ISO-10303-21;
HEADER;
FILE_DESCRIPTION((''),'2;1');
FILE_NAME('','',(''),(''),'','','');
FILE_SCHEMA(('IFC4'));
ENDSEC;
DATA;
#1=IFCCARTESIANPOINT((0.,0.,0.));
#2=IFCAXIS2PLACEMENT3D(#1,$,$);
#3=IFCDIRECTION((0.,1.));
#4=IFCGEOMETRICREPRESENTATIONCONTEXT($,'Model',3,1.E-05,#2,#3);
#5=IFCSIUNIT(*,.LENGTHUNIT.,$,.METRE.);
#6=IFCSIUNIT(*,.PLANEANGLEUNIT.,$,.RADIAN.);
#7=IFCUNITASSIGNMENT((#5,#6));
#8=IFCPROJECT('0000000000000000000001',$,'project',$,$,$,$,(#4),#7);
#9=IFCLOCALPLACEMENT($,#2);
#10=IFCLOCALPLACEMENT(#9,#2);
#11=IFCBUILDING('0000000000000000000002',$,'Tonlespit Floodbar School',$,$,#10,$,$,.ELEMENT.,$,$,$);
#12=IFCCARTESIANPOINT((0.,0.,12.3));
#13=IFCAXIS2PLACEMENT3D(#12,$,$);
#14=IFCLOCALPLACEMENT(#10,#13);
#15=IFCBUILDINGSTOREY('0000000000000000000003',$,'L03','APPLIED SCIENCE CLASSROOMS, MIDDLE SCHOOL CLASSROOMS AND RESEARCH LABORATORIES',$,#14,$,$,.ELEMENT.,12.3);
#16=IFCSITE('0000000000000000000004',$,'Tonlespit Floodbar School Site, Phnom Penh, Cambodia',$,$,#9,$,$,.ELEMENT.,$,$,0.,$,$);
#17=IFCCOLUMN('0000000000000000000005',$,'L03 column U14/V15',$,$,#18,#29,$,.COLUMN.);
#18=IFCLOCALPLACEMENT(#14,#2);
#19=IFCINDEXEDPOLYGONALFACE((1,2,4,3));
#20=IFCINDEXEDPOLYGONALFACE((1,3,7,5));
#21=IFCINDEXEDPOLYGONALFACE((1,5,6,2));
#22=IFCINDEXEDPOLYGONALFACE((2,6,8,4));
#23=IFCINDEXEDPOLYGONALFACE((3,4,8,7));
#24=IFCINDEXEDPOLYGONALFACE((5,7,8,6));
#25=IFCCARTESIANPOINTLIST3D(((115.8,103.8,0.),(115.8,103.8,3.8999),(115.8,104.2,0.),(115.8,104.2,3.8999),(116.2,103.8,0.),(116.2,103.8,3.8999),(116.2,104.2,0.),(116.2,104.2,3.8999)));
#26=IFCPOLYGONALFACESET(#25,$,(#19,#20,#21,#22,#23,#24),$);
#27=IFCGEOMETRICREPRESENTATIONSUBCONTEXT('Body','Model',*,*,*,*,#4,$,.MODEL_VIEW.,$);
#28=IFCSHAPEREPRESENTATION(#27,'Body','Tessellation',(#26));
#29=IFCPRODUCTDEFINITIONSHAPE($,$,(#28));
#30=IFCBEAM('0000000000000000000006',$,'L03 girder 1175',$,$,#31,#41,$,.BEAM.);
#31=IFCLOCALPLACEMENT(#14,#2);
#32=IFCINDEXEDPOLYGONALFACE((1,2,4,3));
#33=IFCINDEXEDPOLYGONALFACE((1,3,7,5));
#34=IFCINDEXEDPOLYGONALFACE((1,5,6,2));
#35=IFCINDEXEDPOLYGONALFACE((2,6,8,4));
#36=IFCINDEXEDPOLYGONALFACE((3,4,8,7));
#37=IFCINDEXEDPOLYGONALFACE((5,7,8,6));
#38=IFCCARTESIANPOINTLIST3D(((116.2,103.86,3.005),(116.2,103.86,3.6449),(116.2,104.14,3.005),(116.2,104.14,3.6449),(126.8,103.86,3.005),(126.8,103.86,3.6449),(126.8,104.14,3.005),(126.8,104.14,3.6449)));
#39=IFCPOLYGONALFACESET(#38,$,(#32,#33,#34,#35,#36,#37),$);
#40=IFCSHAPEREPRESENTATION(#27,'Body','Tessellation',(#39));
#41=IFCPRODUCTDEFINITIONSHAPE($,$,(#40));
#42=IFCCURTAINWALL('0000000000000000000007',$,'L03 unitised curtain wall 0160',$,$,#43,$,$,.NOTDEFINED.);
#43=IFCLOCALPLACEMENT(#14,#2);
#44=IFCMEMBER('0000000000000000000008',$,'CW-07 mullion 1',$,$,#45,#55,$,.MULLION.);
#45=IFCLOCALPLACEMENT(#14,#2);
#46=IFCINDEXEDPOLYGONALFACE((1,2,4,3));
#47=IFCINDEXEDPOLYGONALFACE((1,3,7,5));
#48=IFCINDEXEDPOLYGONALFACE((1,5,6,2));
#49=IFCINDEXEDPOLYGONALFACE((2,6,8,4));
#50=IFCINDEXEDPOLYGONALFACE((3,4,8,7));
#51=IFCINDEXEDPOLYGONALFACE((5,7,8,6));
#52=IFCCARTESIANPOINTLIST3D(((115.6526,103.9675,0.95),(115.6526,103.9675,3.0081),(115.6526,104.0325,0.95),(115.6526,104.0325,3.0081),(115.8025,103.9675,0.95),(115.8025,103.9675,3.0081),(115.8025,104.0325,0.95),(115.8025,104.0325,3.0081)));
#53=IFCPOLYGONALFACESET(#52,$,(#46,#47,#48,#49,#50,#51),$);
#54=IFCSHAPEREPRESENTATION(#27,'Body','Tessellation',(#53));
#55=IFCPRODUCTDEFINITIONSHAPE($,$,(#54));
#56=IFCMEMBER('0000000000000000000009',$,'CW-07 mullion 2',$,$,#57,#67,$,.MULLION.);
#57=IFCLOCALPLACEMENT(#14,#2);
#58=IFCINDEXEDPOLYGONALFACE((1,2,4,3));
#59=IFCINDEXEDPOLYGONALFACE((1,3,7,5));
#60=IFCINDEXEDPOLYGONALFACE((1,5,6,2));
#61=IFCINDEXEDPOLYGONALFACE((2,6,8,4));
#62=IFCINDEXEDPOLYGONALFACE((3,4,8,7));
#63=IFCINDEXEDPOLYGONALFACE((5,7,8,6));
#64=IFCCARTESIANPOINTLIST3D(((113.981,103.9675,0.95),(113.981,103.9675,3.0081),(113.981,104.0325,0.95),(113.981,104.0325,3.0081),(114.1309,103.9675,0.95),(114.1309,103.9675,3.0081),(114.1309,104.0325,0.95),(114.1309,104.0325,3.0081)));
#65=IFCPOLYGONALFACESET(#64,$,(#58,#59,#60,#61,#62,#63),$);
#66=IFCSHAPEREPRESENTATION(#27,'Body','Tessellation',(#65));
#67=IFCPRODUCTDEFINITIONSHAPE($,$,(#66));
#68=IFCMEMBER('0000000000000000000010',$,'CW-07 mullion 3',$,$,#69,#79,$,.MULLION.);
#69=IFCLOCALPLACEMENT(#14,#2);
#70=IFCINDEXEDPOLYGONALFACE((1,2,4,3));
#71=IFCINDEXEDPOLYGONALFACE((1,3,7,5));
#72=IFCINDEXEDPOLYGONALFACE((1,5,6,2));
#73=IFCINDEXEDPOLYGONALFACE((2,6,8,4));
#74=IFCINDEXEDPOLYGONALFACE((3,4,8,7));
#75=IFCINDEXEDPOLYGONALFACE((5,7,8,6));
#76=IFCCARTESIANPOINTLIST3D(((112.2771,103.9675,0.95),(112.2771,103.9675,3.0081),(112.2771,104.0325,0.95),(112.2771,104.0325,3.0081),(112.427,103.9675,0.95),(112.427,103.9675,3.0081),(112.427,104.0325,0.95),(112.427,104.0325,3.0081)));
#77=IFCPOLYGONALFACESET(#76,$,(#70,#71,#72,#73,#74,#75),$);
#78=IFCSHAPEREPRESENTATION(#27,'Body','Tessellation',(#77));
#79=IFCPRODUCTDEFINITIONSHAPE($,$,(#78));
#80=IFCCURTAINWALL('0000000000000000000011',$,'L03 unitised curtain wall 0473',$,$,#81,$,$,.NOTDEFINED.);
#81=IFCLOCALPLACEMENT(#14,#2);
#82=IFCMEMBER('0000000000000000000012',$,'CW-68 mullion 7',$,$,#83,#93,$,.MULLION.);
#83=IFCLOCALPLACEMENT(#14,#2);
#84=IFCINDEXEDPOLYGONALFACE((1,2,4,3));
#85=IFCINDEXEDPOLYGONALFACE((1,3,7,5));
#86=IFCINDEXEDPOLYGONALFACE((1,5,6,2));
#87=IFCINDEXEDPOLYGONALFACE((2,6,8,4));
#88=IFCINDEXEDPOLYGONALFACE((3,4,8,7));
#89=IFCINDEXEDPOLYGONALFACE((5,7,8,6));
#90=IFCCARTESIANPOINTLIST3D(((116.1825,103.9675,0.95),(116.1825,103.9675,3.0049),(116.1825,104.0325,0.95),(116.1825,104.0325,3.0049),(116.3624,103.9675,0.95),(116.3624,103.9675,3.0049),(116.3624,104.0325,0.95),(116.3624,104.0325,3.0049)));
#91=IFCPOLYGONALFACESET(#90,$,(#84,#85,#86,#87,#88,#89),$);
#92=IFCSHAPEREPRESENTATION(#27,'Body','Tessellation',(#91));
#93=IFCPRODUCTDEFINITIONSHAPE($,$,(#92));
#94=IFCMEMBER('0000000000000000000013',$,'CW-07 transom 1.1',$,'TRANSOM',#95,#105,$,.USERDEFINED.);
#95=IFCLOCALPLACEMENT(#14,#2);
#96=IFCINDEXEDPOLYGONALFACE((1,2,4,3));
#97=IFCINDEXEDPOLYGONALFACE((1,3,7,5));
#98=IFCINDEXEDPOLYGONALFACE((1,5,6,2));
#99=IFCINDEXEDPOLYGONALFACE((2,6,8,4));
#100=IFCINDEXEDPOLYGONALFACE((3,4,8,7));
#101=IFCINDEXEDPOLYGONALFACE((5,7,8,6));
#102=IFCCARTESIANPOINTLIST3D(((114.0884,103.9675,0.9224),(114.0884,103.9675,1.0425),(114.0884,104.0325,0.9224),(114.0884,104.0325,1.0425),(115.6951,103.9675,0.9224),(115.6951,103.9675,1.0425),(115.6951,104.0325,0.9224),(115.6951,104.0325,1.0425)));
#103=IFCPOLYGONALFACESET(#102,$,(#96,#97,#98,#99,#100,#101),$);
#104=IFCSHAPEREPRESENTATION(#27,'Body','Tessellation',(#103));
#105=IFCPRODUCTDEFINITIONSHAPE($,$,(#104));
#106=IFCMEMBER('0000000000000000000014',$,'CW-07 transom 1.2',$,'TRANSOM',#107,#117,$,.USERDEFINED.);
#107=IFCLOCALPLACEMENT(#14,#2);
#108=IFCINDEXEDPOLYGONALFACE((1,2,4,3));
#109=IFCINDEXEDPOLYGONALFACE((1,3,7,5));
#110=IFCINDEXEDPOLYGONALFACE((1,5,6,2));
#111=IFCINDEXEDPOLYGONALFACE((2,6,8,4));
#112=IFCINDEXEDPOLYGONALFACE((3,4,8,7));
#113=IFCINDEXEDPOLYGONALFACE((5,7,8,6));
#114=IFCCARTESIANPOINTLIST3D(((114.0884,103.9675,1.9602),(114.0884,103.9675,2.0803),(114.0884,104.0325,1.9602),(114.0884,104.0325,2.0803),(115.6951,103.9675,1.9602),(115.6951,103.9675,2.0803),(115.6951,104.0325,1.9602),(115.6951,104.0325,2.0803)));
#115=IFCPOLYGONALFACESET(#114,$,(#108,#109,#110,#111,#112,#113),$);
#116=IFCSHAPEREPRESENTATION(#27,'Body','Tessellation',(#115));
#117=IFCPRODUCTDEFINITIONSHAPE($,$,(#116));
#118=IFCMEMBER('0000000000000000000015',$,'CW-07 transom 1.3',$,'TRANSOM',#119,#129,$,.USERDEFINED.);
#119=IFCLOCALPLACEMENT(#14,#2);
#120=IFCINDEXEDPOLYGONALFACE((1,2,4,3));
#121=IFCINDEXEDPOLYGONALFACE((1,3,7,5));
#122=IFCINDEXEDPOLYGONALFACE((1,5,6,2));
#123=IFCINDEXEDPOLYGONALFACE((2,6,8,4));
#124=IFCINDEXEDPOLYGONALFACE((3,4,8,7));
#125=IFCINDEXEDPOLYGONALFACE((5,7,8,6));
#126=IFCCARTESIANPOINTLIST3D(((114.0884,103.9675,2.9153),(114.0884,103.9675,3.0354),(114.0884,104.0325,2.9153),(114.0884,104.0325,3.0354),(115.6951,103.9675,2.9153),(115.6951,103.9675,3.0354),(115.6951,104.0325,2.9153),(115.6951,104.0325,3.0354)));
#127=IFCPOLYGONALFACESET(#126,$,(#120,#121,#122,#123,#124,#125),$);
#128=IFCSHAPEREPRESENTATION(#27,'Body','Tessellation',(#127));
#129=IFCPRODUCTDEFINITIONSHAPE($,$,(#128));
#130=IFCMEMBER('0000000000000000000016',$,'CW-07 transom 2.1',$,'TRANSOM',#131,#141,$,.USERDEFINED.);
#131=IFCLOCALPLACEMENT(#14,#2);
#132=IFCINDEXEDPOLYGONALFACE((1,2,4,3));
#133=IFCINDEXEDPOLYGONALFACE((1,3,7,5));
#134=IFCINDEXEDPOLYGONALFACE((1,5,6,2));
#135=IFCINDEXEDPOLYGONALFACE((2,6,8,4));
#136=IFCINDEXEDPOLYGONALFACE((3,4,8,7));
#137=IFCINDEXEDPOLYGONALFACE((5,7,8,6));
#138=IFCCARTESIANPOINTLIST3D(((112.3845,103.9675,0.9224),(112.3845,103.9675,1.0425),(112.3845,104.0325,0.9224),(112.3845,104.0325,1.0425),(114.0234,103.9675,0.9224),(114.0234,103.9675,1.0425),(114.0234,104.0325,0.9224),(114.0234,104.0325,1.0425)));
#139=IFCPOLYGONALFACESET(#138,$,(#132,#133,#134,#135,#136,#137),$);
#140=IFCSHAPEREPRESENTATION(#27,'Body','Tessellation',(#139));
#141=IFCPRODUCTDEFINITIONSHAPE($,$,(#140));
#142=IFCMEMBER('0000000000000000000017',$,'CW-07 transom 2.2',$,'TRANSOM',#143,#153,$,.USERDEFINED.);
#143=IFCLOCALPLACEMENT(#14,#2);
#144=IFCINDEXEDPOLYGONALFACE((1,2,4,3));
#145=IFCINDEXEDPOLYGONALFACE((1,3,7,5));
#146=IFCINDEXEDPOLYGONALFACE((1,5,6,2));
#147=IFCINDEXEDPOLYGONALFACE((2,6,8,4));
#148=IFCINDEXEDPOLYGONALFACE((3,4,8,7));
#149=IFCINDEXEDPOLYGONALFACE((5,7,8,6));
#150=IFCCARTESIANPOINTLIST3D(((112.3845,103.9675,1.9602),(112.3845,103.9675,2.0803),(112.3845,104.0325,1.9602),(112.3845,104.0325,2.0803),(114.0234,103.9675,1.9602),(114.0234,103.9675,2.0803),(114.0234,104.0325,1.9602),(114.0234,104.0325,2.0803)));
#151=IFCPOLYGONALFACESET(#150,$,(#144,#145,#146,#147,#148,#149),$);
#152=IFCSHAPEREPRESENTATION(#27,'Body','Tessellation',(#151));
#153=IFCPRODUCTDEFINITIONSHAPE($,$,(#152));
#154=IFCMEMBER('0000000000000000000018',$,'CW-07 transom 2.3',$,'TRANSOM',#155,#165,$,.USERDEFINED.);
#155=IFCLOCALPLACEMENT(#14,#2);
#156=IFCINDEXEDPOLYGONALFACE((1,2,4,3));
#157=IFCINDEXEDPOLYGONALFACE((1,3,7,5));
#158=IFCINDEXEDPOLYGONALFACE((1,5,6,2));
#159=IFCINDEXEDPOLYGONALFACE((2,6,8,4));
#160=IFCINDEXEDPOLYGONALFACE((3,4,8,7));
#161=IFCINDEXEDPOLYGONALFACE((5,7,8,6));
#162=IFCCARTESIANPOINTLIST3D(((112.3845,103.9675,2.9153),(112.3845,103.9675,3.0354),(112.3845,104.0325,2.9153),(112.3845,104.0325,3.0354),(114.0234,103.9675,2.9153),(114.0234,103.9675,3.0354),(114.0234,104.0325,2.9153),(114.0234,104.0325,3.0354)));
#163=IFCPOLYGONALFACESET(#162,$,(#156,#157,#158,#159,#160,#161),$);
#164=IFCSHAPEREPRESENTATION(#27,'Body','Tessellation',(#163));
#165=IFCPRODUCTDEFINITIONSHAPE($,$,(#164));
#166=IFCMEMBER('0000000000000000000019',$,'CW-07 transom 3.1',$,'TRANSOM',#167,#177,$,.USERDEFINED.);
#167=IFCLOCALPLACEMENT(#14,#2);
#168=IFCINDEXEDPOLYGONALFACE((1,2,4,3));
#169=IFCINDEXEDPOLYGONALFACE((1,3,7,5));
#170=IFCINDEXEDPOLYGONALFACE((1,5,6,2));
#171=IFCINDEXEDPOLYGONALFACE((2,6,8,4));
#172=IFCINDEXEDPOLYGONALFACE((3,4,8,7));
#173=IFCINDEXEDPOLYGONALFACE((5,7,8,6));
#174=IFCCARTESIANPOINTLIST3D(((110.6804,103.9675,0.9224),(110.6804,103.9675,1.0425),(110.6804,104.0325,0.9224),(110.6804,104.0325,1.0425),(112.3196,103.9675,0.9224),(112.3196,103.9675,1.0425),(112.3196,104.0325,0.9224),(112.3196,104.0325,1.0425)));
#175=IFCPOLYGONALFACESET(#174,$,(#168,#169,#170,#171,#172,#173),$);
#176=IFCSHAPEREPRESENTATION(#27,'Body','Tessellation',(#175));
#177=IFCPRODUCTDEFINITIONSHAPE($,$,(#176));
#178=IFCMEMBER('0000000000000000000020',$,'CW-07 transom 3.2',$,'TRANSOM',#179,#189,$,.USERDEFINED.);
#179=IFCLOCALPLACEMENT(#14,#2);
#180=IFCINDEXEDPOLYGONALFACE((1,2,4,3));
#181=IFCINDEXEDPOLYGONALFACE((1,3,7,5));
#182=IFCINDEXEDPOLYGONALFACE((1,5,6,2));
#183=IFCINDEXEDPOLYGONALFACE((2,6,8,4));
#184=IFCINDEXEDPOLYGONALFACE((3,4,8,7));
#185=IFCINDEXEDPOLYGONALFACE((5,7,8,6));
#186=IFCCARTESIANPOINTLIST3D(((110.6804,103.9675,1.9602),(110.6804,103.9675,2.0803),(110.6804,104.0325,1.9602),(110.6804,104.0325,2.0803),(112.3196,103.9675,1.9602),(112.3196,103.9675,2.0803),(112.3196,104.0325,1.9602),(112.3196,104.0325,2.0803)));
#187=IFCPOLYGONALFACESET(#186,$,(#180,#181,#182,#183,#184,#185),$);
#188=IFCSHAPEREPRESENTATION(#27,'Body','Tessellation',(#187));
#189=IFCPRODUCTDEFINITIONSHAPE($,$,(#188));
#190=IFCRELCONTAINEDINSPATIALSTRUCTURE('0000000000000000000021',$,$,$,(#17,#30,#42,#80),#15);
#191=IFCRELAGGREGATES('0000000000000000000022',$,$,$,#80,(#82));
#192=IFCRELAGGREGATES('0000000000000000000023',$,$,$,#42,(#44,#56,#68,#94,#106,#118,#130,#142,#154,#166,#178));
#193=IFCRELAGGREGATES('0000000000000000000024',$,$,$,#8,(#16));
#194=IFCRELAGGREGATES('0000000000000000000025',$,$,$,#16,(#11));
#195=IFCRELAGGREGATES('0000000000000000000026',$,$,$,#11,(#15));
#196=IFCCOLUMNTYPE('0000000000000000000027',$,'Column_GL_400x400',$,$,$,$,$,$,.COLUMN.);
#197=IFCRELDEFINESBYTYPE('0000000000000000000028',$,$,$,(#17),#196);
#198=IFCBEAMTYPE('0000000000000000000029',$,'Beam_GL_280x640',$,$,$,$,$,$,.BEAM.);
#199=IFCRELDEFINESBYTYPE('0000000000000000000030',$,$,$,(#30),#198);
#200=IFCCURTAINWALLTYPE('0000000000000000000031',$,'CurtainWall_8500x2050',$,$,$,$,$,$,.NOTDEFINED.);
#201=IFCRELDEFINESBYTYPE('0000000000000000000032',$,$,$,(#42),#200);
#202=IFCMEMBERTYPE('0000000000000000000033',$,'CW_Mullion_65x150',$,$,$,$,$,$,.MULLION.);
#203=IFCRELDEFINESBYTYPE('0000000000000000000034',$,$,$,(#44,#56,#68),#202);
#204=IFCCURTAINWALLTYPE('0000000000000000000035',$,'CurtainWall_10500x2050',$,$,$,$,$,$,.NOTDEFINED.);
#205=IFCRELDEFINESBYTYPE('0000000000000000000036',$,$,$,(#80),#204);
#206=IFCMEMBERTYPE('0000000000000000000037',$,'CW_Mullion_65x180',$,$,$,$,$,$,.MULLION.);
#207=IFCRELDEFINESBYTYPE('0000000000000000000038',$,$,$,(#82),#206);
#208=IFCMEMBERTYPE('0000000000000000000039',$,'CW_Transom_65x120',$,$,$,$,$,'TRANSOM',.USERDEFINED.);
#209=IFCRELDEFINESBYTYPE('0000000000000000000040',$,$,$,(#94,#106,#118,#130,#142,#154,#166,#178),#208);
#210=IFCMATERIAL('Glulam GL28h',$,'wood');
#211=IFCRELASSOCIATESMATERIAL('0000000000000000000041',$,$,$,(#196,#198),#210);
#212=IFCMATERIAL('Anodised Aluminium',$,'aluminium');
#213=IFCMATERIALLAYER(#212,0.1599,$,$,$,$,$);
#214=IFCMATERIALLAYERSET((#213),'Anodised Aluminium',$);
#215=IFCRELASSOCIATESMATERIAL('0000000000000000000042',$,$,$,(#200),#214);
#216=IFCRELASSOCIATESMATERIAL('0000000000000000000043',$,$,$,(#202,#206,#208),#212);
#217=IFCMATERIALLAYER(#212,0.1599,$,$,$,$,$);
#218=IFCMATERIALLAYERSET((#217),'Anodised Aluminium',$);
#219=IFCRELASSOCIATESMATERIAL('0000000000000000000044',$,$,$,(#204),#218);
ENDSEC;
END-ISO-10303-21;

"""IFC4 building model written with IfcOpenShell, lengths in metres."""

from ifc_helpers import new_model, si_unit, direction, frame, origin, origin_2d, place, context, subcontext, project, spatial, rectangle, extrude, material, layer, layer_set, material_profile, profile_set, type_object, element, aggregate, save


model = new_model("IFC4")

# Units and contexts
model_context = context("Model", 3, precision=1e-05, world=origin(), true_north=direction((0.0, 1.0)))
body_context = subcontext(model_context, "Body", "Model", "MODEL_VIEW")
ifc_project = project(units=[si_unit("LENGTHUNIT", "METRE"), si_unit("PLANEANGLEUNIT", "RADIAN")], contexts=[model_context])

# Site, building, storey
site_placement = place(None, origin())
site = spatial("IfcSite", under=ifc_project, at=site_placement, Name="Tonlespit Floodbar School Site, Phnom Penh, Cambodia", CompositionType="ELEMENT", RefElevation=0.0)
building_placement = place(site_placement, origin())
building = spatial("IfcBuilding", under=site, at=building_placement, Name="Tonlespit Floodbar School", CompositionType="ELEMENT")
storey_placement = place(building_placement, frame((0.0, 0.0, 12.3)))
storey = spatial("IfcBuildingStorey", under=building, at=storey_placement, Name="L03", Description="APPLIED SCIENCE CLASSROOMS, MIDDLE SCHOOL CLASSROOMS AND RESEARCH LABORATORIES", CompositionType="ELEMENT", Elevation=12.3)

# Column
ifc_material_1 = material(Name="Glulam GL28h", Category="wood")
ifc_material_profile_1 = material_profile(ifc_material_1, rectangle(XDim=0.3999, YDim=0.3999, at=origin_2d()), Name="GL 400x400")
ifc_profile_set_1 = profile_set([ifc_material_profile_1], Name="Glulam GL28h")
column_type = type_object("IfcColumnType", Name="Column_GL_400x400", PredefinedType="COLUMN", material=ifc_profile_set_1)
column_placement = place(storey_placement, frame((116.0, 104.0, 0.0), z_axis=(0.0, 0.0, 1.0), x_axis=(1.0, 0.0, 0.0)))
element("IfcColumn", 1, at=column_placement, inside=storey, type_object=column_type, Name="L03 column U14/V15", PredefinedType="COLUMN", context=body_context, shape_type="SweptSolid", body=[
    extrude(rectangle(XDim=0.3999, YDim=0.3999, at=origin_2d()), origin(), (0.0, 0.0, 1.0), 3.8999),
])

# Beam
ifc_material_profile_2 = material_profile(ifc_material_1, rectangle(XDim=0.28, YDim=0.6399, at=origin_2d()), Name="GL 280x640")
ifc_profile_set_2 = profile_set([ifc_material_profile_2], Name="Glulam GL28h")
beam_type = type_object("IfcBeamType", Name="Beam_GL_280x640", PredefinedType="BEAM", material=ifc_profile_set_2)
beam_placement = place(storey_placement, frame((116.2, 104.0, 3.325), z_axis=(1.0, 0.0, 0.0), x_axis=(0.0, 1.0, 0.0)))
element("IfcBeam", 2, at=beam_placement, inside=storey, type_object=beam_type, Name="L03 girder 1175", PredefinedType="BEAM", context=body_context, shape_type="SweptSolid", body=[
    extrude(rectangle(XDim=0.28, YDim=0.6399, at=origin_2d()), origin(), (0.0, 0.0, 1.0), 10.6001),
])

# Curtain wall, members
ifc_material_2 = material(Name="Anodised Aluminium", Category="aluminium")
ifc_layer_1 = layer(ifc_material_2, 0.1599)
ifc_layer_set_1 = layer_set([ifc_layer_1], Name="Anodised Aluminium")
curtain_wall_type_1 = type_object("IfcCurtainWallType", Name="CurtainWall_8500x2050", PredefinedType="NOTDEFINED", material=ifc_layer_set_1)
curtain_wall_1_placement = place(storey_placement, origin())
curtain_wall_1 = element("IfcCurtainWall", 3, at=curtain_wall_1_placement, inside=storey, type_object=curtain_wall_type_1, Name="L03 unitised curtain wall 0160", PredefinedType="NOTDEFINED")
ifc_material_profile_3 = material_profile(ifc_material_2, rectangle(XDim=0.0649, YDim=0.1499, at=origin_2d()), Name="ALU M65x150")
ifc_profile_set_3 = profile_set([ifc_material_profile_3], Name="Anodised Aluminium")
member_type_1 = type_object("IfcMemberType", Name="CW_Mullion_65x150", PredefinedType="MULLION", material=ifc_profile_set_3)
member_1_placement = place(storey_placement, frame((115.7275, 104.0, 0.95), z_axis=(0.0, 0.0, 1.0), x_axis=(0.0, -1.0, 0.0)))
member_1 = element("IfcMember", 4, at=member_1_placement, type_object=member_type_1, Name="CW-07 mullion 1", PredefinedType="MULLION", context=body_context, shape_type="SweptSolid", body=[
    extrude(rectangle(XDim=0.0649, YDim=0.1499, at=origin_2d()), origin(), (0.0, 0.0, 1.0), 2.0581),
])
member_2_placement = place(storey_placement, frame((114.0559, 104.0, 0.95), z_axis=(0.0, 0.0, 1.0), x_axis=(0.0, -1.0, 0.0)))
member_2 = element("IfcMember", 5, at=member_2_placement, type_object=member_type_1, Name="CW-07 mullion 2", PredefinedType="MULLION", context=body_context, shape_type="SweptSolid", body=[
    extrude(rectangle(XDim=0.0649, YDim=0.1499, at=origin_2d()), origin(), (0.0, 0.0, 1.0), 2.0581),
])
member_3_placement = place(storey_placement, frame((112.3521, 104.0, 0.95), z_axis=(0.0, 0.0, 1.0), x_axis=(0.0, -1.0, 0.0)))
member_3 = element("IfcMember", 6, at=member_3_placement, type_object=member_type_1, Name="CW-07 mullion 3", PredefinedType="MULLION", context=body_context, shape_type="SweptSolid", body=[
    extrude(rectangle(XDim=0.0649, YDim=0.1499, at=origin_2d()), origin(), (0.0, 0.0, 1.0), 2.0581),
])

# Curtain wall, member
ifc_layer_2 = layer(ifc_material_2, 0.1599)
ifc_layer_set_2 = layer_set([ifc_layer_2], Name="Anodised Aluminium")
curtain_wall_type_2 = type_object("IfcCurtainWallType", Name="CurtainWall_10500x2050", PredefinedType="NOTDEFINED", material=ifc_layer_set_2)
curtain_wall_2_placement = place(storey_placement, origin())
curtain_wall_2 = element("IfcCurtainWall", 7, at=curtain_wall_2_placement, inside=storey, type_object=curtain_wall_type_2, Name="L03 unitised curtain wall 0473", PredefinedType="NOTDEFINED")
ifc_material_profile_4 = material_profile(ifc_material_2, rectangle(XDim=0.0649, YDim=0.1799, at=origin_2d()), Name="ALU M65x180")
ifc_profile_set_4 = profile_set([ifc_material_profile_4], Name="Anodised Aluminium")
member_type_2 = type_object("IfcMemberType", Name="CW_Mullion_65x180", PredefinedType="MULLION", material=ifc_profile_set_4)
member_4_placement = place(storey_placement, frame((116.2725, 104.0, 0.95), z_axis=(0.0, 0.0, 1.0), x_axis=(0.0, -1.0, 0.0)))
member_4 = element("IfcMember", 8, at=member_4_placement, type_object=member_type_2, Name="CW-68 mullion 7", PredefinedType="MULLION", context=body_context, shape_type="SweptSolid", body=[
    extrude(rectangle(XDim=0.0649, YDim=0.1799, at=origin_2d()), origin(), (0.0, 0.0, 1.0), 2.0549),
])
aggregate(curtain_wall_2, [member_4])

# Members
ifc_material_profile_5 = material_profile(ifc_material_2, rectangle(XDim=0.0649, YDim=0.1201, at=origin_2d()), Name="ALU T65x120")
ifc_profile_set_5 = profile_set([ifc_material_profile_5], Name="Anodised Aluminium")
member_type_3 = type_object("IfcMemberType", Name="CW_Transom_65x120", ElementType="TRANSOM", PredefinedType="USERDEFINED", material=ifc_profile_set_5)
member_5_placement = place(storey_placement, frame((115.6951, 104.0, 0.9824), z_axis=(-1.0, 0.0, 0.0), x_axis=(0.0, -1.0, 0.0)))
member_5 = element("IfcMember", 9, at=member_5_placement, type_object=member_type_3, Name="CW-07 transom 1.1", ObjectType="TRANSOM", PredefinedType="USERDEFINED", context=body_context, shape_type="SweptSolid", body=[
    extrude(rectangle(XDim=0.0649, YDim=0.1201, at=origin_2d()), origin(), (0.0, 0.0, 1.0), 1.6067),
])
member_6_placement = place(storey_placement, frame((115.6951, 104.0, 2.0203), z_axis=(-1.0, 0.0, 0.0), x_axis=(0.0, -1.0, 0.0)))
member_6 = element("IfcMember", 10, at=member_6_placement, type_object=member_type_3, Name="CW-07 transom 1.2", ObjectType="TRANSOM", PredefinedType="USERDEFINED", context=body_context, shape_type="SweptSolid", body=[
    extrude(rectangle(XDim=0.0649, YDim=0.1201, at=origin_2d()), origin(), (0.0, 0.0, 1.0), 1.6067),
])
member_7_placement = place(storey_placement, frame((115.6951, 104.0, 2.9753), z_axis=(-1.0, 0.0, 0.0), x_axis=(0.0, -1.0, 0.0)))
member_7 = element("IfcMember", 11, at=member_7_placement, type_object=member_type_3, Name="CW-07 transom 1.3", ObjectType="TRANSOM", PredefinedType="USERDEFINED", context=body_context, shape_type="SweptSolid", body=[
    extrude(rectangle(XDim=0.0649, YDim=0.1201, at=origin_2d()), origin(), (0.0, 0.0, 1.0), 1.6067),
])
member_8_placement = place(storey_placement, frame((114.0234, 104.0, 0.9824), z_axis=(-1.0, 0.0, 0.0), x_axis=(0.0, -1.0, 0.0)))
member_8 = element("IfcMember", 12, at=member_8_placement, type_object=member_type_3, Name="CW-07 transom 2.1", ObjectType="TRANSOM", PredefinedType="USERDEFINED", context=body_context, shape_type="SweptSolid", body=[
    extrude(rectangle(XDim=0.0649, YDim=0.1201, at=origin_2d()), origin(), (0.0, 0.0, 1.0), 1.6389),
])
member_9_placement = place(storey_placement, frame((114.0234, 104.0, 2.0203), z_axis=(-1.0, 0.0, 0.0), x_axis=(0.0, -1.0, 0.0)))
member_9 = element("IfcMember", 13, at=member_9_placement, type_object=member_type_3, Name="CW-07 transom 2.2", ObjectType="TRANSOM", PredefinedType="USERDEFINED", context=body_context, shape_type="SweptSolid", body=[
    extrude(rectangle(XDim=0.0649, YDim=0.1201, at=origin_2d()), origin(), (0.0, 0.0, 1.0), 1.6389),
])
member_10_placement = place(storey_placement, frame((114.0234, 104.0, 2.9753), z_axis=(-1.0, 0.0, 0.0), x_axis=(0.0, -1.0, 0.0)))
member_10 = element("IfcMember", 14, at=member_10_placement, type_object=member_type_3, Name="CW-07 transom 2.3", ObjectType="TRANSOM", PredefinedType="USERDEFINED", context=body_context, shape_type="SweptSolid", body=[
    extrude(rectangle(XDim=0.0649, YDim=0.1201, at=origin_2d()), origin(), (0.0, 0.0, 1.0), 1.6389),
])
member_11_placement = place(storey_placement, frame((112.3196, 104.0, 0.9824), z_axis=(-1.0, 0.0, 0.0), x_axis=(0.0, -1.0, 0.0)))
member_11 = element("IfcMember", 15, at=member_11_placement, type_object=member_type_3, Name="CW-07 transom 3.1", ObjectType="TRANSOM", PredefinedType="USERDEFINED", context=body_context, shape_type="SweptSolid", body=[
    extrude(rectangle(XDim=0.0649, YDim=0.1201, at=origin_2d()), origin(), (0.0, 0.0, 1.0), 1.6392),
])
member_12_placement = place(storey_placement, frame((112.3196, 104.0, 2.0203), z_axis=(-1.0, 0.0, 0.0), x_axis=(0.0, -1.0, 0.0)))
member_12 = element("IfcMember", 16, at=member_12_placement, type_object=member_type_3, Name="CW-07 transom 3.2", ObjectType="TRANSOM", PredefinedType="USERDEFINED", context=body_context, shape_type="SweptSolid", body=[
    extrude(rectangle(XDim=0.0649, YDim=0.1201, at=origin_2d()), origin(), (0.0, 0.0, 1.0), 1.6392),
])

aggregate(curtain_wall_1, [member_1, member_2, member_3, member_5, member_6, member_7, member_8, member_9, member_10, member_11, member_12])

save(model, "model.ifc")
